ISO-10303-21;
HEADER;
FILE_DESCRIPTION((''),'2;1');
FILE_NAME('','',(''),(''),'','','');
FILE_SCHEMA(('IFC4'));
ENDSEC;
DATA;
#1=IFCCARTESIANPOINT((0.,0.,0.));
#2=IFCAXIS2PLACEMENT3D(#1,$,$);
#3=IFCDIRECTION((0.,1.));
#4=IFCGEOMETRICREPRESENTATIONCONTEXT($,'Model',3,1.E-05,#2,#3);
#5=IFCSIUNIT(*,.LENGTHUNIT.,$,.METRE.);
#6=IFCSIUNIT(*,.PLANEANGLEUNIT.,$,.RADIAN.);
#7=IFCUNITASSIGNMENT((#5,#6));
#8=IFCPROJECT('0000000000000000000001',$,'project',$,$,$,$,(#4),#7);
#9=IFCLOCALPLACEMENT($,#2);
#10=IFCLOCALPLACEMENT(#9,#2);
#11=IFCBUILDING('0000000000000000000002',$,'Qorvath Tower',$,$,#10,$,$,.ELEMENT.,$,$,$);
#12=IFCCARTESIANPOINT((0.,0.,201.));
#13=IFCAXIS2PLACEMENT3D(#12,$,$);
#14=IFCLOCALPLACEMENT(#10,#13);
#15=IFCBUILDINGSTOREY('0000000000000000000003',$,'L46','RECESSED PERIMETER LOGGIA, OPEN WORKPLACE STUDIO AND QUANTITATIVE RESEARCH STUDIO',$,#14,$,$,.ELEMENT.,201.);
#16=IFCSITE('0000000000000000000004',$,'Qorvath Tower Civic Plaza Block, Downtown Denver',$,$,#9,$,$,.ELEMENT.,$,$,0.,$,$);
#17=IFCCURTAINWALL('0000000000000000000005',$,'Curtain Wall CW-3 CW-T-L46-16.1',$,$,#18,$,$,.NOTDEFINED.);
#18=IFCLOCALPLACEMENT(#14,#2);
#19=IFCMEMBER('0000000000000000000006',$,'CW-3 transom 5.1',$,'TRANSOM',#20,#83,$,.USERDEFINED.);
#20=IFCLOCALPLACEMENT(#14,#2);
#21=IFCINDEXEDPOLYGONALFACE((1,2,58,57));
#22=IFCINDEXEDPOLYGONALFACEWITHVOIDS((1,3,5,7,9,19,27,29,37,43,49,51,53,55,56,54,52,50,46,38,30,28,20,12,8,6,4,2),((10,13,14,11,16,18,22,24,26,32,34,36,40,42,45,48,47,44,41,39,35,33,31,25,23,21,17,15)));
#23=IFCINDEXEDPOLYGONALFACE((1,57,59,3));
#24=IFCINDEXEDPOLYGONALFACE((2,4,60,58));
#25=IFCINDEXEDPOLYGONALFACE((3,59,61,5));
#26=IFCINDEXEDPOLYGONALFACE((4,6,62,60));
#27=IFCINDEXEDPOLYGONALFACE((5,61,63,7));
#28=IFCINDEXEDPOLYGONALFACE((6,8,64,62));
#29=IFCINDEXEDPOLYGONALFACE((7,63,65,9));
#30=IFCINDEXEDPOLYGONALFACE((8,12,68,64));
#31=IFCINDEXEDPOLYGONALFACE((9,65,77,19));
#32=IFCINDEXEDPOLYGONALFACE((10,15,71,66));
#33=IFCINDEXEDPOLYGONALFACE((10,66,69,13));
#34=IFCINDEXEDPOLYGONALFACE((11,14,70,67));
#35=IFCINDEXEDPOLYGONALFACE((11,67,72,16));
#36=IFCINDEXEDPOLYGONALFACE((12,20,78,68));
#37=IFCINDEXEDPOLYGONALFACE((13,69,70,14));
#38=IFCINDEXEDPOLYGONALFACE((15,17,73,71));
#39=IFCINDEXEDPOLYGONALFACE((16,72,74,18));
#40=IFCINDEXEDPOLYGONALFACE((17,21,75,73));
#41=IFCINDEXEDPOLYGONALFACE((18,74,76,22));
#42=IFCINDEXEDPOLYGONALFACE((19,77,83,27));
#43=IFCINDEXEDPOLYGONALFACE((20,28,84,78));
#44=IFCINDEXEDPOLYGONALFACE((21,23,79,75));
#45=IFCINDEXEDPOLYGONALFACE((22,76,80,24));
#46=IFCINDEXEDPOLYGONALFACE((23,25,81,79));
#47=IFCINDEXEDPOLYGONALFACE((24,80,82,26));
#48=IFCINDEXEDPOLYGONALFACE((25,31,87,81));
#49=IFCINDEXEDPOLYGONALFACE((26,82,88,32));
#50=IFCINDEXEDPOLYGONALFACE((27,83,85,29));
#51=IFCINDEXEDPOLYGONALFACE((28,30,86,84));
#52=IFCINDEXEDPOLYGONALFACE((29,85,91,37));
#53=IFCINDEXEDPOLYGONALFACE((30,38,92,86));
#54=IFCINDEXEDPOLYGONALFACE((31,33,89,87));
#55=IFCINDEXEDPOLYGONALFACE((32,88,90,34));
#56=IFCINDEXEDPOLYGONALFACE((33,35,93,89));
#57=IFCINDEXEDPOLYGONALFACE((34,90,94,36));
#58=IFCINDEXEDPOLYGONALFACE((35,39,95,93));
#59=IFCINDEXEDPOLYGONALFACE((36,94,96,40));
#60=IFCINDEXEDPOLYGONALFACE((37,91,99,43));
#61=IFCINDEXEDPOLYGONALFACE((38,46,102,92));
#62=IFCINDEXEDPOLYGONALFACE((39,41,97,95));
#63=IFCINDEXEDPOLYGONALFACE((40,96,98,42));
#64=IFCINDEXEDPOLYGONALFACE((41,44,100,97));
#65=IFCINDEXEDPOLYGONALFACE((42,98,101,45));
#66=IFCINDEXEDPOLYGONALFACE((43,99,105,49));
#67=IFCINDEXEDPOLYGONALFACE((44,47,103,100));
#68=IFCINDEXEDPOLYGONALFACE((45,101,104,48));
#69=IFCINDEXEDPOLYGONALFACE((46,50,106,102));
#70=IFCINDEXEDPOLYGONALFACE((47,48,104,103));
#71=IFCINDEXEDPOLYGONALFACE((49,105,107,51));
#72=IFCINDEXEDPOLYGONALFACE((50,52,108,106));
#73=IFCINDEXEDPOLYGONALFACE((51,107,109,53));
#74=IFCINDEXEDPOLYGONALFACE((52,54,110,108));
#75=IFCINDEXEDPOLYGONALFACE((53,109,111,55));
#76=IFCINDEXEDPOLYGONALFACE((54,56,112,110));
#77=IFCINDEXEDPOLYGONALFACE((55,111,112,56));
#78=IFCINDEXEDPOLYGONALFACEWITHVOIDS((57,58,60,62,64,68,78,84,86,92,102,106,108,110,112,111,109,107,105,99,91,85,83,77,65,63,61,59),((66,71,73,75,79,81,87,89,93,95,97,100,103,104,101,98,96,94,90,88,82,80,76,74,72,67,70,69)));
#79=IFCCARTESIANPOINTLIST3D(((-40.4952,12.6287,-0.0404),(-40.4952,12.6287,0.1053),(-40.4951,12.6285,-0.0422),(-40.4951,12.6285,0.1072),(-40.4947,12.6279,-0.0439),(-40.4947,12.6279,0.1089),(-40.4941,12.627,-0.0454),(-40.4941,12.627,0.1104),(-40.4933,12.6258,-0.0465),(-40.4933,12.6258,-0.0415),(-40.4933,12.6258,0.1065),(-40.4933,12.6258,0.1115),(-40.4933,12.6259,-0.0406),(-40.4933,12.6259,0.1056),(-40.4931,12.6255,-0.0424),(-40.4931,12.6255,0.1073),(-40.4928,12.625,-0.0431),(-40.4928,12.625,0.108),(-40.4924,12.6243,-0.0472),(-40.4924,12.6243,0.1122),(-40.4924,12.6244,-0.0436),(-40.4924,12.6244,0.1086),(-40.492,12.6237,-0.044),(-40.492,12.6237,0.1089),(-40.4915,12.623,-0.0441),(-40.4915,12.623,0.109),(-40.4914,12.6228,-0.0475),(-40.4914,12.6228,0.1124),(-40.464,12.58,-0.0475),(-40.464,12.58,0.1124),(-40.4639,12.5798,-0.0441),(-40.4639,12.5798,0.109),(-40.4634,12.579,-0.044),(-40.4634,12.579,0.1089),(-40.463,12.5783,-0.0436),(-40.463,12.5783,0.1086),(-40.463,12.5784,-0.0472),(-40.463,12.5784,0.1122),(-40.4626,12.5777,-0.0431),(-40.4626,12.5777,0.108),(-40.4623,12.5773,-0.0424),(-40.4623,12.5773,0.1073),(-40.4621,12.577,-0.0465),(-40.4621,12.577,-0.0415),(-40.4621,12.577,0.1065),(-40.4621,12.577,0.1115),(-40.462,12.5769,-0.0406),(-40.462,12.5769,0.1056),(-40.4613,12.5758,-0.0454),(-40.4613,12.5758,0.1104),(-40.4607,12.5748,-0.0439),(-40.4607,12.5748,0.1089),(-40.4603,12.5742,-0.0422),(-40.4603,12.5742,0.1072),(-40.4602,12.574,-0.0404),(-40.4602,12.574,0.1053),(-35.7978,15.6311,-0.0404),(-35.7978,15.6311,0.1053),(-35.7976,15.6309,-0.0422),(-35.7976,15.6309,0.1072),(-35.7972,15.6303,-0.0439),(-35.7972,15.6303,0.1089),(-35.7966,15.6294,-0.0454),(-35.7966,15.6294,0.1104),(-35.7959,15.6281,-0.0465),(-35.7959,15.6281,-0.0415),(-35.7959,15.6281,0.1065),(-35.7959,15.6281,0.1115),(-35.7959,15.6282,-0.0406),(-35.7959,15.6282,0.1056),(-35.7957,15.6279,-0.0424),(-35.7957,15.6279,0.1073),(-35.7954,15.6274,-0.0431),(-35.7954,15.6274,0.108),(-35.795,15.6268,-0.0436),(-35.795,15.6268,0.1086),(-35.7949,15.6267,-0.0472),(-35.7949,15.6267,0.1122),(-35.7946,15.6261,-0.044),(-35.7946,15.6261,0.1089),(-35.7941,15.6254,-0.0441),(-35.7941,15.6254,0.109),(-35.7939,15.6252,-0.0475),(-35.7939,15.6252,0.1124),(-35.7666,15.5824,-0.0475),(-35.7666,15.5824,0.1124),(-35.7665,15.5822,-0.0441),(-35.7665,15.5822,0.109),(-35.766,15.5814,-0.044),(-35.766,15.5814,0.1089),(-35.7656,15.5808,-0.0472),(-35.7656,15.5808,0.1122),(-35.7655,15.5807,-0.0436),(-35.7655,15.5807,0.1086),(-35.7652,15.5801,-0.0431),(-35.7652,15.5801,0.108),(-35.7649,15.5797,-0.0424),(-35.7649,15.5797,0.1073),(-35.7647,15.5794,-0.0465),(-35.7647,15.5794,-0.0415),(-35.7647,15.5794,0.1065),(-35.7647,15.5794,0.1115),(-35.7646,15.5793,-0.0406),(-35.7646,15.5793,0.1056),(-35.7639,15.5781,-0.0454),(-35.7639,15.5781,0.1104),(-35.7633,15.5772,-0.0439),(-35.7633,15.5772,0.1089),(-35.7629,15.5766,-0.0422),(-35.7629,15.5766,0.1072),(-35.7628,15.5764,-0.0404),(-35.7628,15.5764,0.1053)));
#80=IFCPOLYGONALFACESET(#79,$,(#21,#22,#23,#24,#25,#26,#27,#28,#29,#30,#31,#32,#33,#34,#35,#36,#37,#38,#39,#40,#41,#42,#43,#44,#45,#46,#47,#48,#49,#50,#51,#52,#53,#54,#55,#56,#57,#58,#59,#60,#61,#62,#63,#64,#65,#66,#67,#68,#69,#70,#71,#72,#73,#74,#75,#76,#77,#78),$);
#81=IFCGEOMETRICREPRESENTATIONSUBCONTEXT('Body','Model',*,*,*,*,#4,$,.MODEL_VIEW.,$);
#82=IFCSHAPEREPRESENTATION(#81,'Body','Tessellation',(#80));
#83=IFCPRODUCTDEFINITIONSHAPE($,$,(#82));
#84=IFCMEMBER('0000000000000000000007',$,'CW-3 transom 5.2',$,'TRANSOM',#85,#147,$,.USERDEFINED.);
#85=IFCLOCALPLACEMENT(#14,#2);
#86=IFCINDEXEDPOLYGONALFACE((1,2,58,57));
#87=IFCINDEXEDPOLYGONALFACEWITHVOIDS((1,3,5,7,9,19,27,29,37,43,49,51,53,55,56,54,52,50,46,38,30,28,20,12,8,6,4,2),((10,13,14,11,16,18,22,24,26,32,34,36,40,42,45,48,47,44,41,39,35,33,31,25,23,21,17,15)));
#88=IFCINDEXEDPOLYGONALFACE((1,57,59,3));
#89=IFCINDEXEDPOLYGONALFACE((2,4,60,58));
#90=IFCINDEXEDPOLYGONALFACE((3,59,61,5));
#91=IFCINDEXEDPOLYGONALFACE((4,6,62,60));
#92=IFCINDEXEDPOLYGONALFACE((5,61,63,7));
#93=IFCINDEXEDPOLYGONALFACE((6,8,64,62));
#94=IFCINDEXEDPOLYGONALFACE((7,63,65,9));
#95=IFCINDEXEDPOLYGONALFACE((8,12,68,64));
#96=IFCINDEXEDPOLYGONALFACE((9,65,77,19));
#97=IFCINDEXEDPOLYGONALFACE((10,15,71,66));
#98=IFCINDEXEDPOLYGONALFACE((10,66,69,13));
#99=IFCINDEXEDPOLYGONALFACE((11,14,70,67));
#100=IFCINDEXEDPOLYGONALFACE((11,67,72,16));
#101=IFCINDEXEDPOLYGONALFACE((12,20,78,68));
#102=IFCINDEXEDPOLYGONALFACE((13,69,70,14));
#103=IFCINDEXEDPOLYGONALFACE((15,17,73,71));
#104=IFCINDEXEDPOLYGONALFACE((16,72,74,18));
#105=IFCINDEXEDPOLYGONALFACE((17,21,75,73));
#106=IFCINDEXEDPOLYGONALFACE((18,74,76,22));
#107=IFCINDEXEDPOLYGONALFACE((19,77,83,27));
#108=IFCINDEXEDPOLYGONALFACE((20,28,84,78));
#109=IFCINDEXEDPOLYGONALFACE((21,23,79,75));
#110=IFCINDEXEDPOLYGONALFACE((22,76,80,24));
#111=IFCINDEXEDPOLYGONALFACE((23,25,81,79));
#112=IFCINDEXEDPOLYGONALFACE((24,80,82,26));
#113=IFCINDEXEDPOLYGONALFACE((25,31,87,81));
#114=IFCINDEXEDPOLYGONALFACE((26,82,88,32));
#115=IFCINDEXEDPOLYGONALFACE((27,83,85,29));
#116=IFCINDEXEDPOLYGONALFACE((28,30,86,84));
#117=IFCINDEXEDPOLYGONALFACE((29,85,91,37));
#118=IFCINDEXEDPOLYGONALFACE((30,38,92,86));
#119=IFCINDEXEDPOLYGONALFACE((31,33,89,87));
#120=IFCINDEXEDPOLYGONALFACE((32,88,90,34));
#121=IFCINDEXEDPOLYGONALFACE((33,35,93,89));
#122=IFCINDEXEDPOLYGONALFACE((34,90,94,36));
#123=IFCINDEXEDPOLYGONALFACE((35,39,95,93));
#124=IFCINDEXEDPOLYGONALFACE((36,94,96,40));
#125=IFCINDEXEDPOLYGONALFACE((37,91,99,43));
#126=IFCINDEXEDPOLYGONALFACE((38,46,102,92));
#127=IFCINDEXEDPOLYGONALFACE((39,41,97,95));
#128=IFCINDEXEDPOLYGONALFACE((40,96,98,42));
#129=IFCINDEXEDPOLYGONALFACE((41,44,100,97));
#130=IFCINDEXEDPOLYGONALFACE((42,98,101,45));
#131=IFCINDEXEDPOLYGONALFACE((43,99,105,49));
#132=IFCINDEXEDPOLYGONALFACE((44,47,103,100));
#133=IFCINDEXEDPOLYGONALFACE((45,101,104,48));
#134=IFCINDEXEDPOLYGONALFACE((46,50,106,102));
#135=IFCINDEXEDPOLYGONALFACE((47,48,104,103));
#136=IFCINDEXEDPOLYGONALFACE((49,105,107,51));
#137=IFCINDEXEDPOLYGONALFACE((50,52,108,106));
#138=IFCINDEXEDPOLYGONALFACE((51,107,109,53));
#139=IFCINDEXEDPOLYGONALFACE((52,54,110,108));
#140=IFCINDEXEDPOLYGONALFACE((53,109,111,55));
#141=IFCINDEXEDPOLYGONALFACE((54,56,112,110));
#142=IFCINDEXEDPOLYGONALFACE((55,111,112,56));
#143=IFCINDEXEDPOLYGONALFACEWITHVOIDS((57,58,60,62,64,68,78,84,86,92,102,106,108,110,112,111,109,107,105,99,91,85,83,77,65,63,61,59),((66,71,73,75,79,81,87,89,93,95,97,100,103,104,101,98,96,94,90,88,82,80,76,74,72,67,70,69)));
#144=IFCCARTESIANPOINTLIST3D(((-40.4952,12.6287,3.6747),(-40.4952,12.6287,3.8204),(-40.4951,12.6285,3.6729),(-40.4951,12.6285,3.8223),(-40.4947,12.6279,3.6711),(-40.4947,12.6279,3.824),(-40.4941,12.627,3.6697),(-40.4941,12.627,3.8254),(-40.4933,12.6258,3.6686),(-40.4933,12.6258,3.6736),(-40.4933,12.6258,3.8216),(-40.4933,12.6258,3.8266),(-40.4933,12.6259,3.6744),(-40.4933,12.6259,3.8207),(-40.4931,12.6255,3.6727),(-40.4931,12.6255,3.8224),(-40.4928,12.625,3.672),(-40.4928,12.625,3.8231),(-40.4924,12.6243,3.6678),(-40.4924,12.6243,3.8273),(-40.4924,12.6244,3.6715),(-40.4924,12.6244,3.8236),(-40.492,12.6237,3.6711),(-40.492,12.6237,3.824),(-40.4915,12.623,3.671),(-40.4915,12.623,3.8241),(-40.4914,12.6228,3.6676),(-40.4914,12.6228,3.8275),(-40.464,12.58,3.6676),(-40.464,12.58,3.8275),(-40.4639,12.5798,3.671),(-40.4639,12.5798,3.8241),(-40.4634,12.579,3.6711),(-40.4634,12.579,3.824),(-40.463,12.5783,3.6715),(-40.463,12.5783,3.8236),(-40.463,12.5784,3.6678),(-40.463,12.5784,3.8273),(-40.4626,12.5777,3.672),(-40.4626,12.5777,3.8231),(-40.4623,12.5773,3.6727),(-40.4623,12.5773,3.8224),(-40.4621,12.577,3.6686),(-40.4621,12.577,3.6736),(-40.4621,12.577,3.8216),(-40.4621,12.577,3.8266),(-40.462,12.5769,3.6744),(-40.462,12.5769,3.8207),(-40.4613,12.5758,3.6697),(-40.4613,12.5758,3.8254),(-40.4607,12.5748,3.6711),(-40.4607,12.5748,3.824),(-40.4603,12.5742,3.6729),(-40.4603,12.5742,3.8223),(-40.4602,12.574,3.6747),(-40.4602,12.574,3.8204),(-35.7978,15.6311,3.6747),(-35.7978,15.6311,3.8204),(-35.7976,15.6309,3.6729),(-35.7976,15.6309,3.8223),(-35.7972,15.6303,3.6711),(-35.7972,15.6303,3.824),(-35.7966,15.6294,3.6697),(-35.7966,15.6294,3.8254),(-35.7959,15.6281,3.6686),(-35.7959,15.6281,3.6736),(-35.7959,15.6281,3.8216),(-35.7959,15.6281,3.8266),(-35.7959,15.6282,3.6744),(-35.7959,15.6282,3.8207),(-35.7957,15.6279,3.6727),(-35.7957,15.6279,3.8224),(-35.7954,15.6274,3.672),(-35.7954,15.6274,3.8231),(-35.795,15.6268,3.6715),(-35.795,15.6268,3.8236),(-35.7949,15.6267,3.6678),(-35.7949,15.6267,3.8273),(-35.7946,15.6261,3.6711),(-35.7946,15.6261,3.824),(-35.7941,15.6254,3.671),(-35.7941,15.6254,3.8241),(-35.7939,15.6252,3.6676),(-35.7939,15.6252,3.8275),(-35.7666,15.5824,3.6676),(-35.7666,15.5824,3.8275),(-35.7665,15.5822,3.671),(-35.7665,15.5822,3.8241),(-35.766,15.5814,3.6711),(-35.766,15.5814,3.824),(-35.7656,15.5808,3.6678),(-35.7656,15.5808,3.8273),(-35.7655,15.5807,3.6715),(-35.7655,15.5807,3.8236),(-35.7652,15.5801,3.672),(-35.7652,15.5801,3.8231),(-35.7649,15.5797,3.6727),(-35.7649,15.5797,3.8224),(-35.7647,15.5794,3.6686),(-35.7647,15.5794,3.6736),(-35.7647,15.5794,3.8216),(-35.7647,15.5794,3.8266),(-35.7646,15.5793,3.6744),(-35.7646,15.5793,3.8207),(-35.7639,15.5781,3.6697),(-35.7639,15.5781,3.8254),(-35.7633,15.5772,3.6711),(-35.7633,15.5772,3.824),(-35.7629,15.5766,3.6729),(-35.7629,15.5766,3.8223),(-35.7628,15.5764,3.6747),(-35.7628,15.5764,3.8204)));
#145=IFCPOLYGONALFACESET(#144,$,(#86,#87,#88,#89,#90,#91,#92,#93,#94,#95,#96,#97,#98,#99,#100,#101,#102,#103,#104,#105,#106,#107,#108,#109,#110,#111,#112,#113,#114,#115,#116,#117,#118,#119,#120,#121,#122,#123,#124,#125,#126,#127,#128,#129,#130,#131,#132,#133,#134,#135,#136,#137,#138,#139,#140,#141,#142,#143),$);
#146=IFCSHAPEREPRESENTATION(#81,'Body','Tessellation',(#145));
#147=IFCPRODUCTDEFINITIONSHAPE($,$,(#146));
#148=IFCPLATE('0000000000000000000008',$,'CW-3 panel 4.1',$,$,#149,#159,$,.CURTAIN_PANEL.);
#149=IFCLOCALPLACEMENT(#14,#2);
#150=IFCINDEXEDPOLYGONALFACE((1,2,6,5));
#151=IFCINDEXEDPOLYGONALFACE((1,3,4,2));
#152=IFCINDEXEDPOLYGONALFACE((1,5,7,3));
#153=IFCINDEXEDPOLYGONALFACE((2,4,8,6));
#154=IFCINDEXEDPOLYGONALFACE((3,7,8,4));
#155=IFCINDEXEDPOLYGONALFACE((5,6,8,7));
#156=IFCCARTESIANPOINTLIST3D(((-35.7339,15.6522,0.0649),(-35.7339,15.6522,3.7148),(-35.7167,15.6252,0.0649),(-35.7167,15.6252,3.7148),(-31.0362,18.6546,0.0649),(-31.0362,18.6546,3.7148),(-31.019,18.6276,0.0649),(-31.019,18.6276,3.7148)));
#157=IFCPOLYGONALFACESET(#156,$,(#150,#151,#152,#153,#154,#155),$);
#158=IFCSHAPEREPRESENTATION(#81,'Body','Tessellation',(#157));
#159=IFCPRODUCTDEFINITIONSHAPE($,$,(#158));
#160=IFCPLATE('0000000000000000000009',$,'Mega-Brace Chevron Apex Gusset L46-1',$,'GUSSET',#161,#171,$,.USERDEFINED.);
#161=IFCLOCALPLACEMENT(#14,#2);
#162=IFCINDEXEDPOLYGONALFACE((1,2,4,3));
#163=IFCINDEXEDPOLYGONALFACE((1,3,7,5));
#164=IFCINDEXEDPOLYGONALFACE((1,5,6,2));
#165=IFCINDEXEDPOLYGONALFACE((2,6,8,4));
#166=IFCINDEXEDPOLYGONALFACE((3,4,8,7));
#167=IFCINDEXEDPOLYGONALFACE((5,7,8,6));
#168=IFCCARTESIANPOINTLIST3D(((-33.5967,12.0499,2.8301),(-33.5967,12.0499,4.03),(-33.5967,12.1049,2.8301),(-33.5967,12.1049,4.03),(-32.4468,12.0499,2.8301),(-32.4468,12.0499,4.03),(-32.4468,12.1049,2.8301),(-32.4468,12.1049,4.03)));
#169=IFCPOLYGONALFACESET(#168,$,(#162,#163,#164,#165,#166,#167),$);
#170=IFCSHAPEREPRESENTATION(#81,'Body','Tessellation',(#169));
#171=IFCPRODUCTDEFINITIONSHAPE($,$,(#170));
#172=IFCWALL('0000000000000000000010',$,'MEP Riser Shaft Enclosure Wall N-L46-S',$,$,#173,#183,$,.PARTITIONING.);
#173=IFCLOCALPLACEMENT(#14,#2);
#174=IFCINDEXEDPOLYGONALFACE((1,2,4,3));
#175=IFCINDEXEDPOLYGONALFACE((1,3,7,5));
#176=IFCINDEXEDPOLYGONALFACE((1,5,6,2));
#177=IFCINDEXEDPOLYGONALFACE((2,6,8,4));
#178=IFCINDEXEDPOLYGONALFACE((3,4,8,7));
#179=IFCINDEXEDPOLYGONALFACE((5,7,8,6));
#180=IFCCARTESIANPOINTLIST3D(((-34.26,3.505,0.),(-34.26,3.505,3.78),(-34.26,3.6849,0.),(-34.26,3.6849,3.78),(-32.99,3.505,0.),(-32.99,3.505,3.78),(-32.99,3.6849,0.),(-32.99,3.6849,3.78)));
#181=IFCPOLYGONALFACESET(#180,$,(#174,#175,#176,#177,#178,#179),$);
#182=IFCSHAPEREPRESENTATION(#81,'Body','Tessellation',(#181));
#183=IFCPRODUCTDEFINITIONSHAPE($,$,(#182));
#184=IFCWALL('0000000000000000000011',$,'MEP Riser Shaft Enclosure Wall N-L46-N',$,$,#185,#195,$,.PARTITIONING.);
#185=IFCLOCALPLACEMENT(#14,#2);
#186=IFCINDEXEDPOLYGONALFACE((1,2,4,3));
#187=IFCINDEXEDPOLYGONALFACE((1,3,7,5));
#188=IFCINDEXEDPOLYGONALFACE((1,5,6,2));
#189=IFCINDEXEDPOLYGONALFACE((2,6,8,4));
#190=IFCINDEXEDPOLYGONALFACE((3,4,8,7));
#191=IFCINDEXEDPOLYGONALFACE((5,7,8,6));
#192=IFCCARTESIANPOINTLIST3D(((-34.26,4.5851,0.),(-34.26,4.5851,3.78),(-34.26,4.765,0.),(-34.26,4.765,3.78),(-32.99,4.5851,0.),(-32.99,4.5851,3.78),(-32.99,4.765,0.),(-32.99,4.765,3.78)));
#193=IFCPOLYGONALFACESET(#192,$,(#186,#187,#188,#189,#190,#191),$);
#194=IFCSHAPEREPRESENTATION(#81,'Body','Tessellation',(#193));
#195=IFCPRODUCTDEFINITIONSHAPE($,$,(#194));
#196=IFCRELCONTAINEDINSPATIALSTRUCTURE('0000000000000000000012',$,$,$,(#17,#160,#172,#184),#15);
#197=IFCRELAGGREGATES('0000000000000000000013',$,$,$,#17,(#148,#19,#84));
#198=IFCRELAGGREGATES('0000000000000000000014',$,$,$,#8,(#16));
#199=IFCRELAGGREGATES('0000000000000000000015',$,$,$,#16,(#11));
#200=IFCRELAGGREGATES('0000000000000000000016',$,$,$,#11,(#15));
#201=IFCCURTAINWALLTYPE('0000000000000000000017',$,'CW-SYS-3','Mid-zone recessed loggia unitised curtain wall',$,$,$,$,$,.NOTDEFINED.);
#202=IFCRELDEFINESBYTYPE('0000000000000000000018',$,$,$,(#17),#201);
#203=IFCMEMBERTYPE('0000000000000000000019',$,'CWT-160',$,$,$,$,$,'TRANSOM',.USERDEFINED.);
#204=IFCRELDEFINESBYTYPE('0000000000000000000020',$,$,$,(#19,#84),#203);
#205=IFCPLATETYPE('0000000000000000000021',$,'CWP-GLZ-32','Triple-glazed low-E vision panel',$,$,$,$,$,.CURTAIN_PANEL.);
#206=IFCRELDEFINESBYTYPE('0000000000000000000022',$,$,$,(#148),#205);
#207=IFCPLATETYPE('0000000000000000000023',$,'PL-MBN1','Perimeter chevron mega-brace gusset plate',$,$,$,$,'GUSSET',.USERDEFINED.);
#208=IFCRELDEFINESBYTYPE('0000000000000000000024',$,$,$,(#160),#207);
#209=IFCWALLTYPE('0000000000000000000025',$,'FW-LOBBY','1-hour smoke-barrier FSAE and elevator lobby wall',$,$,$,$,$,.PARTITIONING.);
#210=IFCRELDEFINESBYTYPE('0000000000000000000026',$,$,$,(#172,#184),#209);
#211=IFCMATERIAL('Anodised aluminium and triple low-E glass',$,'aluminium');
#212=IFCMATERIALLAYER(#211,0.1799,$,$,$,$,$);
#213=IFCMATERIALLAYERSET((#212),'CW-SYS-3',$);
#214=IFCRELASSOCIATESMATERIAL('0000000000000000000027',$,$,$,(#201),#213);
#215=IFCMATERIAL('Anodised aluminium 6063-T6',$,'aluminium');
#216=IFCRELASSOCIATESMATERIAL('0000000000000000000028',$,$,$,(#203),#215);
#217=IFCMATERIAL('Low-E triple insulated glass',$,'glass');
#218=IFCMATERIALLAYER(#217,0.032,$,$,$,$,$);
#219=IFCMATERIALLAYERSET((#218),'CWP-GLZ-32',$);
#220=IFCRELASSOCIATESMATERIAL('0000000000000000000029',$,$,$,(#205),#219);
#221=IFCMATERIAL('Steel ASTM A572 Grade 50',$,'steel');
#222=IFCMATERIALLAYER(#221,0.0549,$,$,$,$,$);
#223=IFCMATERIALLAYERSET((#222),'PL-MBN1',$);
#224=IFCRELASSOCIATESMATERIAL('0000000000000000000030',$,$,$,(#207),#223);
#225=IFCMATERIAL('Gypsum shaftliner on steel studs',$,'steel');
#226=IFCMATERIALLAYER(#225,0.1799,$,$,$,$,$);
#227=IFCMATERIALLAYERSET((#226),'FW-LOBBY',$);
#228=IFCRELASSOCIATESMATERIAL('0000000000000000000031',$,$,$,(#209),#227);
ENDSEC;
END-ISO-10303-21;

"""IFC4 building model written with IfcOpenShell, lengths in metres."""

from ifc_helpers import new_model, si_unit, direction, frame, frame_2d, origin, origin_2d, place, context, subcontext, project, spatial, rectangle, hollow_rectangle, extrude, material, layer, layer_set, material_profile, profile_set, type_object, element, aggregate, save


model = new_model("IFC4")

# Units and contexts
model_context = context("Model", 3, precision=1e-05, world=origin(), true_north=direction((0.0, 1.0)))
body_context = subcontext(model_context, "Body", "Model", "MODEL_VIEW")
ifc_project = project(units=[si_unit("LENGTHUNIT", "METRE"), si_unit("PLANEANGLEUNIT", "RADIAN")], contexts=[model_context])

# Site, building, storey
site_placement = place(None, origin())
site = spatial("IfcSite", under=ifc_project, at=site_placement, Name="Qorvath Tower Civic Plaza Block, Downtown Denver", CompositionType="ELEMENT", RefElevation=0.0)
building_placement = place(site_placement, origin())
building = spatial("IfcBuilding", under=site, at=building_placement, Name="Qorvath Tower", CompositionType="ELEMENT")
storey_placement = place(building_placement, frame((0.0, 0.0, 201.0)))
storey = spatial("IfcBuildingStorey", under=building, at=storey_placement, Name="L46", Description="RECESSED PERIMETER LOGGIA, OPEN WORKPLACE STUDIO AND QUANTITATIVE RESEARCH STUDIO", CompositionType="ELEMENT", Elevation=201.0)

# Curtain wall, members, plate
ifc_material_1 = material(Name="Anodised aluminium and triple low-E glass", Category="aluminium")
ifc_layer_1 = layer(ifc_material_1, 0.1799)
ifc_layer_set_1 = layer_set([ifc_layer_1], Name="CW-SYS-3")
curtain_wall_type = type_object("IfcCurtainWallType", Name="CW-SYS-3", Description="Mid-zone recessed loggia unitised curtain wall", PredefinedType="NOTDEFINED", material=ifc_layer_set_1)
curtain_wall_placement = place(storey_placement, origin())
curtain_wall = element("IfcCurtainWall", 1, at=curtain_wall_placement, inside=storey, type_object=curtain_wall_type, Name="Curtain Wall CW-3 CW-T-L46-16.1", PredefinedType="NOTDEFINED")
ifc_material_2 = material(Name="Anodised aluminium 6063-T6", Category="aluminium")
ifc_material_profile_1 = material_profile(ifc_material_2, hollow_rectangle(XDim=0.0649, YDim=0.1599, WallThickness=0.0034, InnerFilletRadius=0.0034, OuterFilletRadius=0.0071, at=origin_2d()), Name="CWT 160x65")
ifc_profile_set_1 = profile_set([ifc_material_profile_1], Name="Anodised aluminium 6063-T6")
member_type_1 = type_object("IfcMemberType", Name="CWT-160", ElementType="TRANSOM", PredefinedType="USERDEFINED", material=ifc_profile_set_1)
member_1_placement = place(storey_placement, frame((-35.7803, 15.6038, 0.0325), z_axis=(-0.842594, -0.538549, 0.0), x_axis=(0.538549, -0.842594, 0.0)))
member_1 = element("IfcMember", 2, at=member_1_placement, type_object=member_type_1, Name="CW-3 transom 5.1", ObjectType="TRANSOM", PredefinedType="USERDEFINED", context=body_context, shape_type="SweptSolid", body=[
    extrude(hollow_rectangle(XDim=0.0649, YDim=0.1599, WallThickness=0.0034, InnerFilletRadius=0.0034, OuterFilletRadius=0.0071, at=origin_2d()), origin(), (0.0, 0.0, 1.0), 5.575),
])
member_2_placement = place(storey_placement, frame((-35.7803, 15.6038, 3.7476), z_axis=(-0.842594, -0.538549, 0.0), x_axis=(0.538549, -0.842594, 0.0)))
member_2 = element("IfcMember", 3, at=member_2_placement, type_object=member_type_1, Name="CW-3 transom 5.2", ObjectType="TRANSOM", PredefinedType="USERDEFINED", context=body_context, shape_type="SweptSolid", body=[
    extrude(hollow_rectangle(XDim=0.0649, YDim=0.1599, WallThickness=0.0034, InnerFilletRadius=0.0034, OuterFilletRadius=0.0071, at=origin_2d()), origin(), (0.0, 0.0, 1.0), 5.575),
])
ifc_material_3 = material(Name="Low-E triple insulated glass", Category="glass")
ifc_layer_2 = layer(ifc_material_3, 0.032)
ifc_layer_set_2 = layer_set([ifc_layer_2], Name="CWP-GLZ-32")
plate_type_1 = type_object("IfcPlateType", Name="CWP-GLZ-32", Description="Triple-glazed low-E vision panel", PredefinedType="CURTAIN_PANEL", material=ifc_layer_set_2)
plate_1_placement = place(storey_placement, frame((-33.3765, 17.1399, 0.0649), z_axis=(0.0, 0.0, 1.0), x_axis=(-0.842604, -0.538534, 0.0)))
plate_1 = element("IfcPlate", 4, at=plate_1_placement, type_object=plate_type_1, Name="CW-3 panel 4.1", PredefinedType="CURTAIN_PANEL", context=body_context, shape_type="SweptSolid", body=[
    extrude(rectangle(XDim=5.5752, YDim=0.032, at=origin_2d()), origin(), (0.0, 0.0, 1.0), 3.6499),
])
aggregate(curtain_wall, [plate_1, member_1, member_2])

# Plate
ifc_material_4 = material(Name="Steel ASTM A572 Grade 50", Category="steel")
ifc_layer_3 = layer(ifc_material_4, 0.0549)
ifc_layer_set_3 = layer_set([ifc_layer_3], Name="PL-MBN1")
plate_type_2 = type_object("IfcPlateType", Name="PL-MBN1", Description="Perimeter chevron mega-brace gusset plate", ElementType="GUSSET", PredefinedType="USERDEFINED", material=ifc_layer_set_3)
plate_2_placement = place(storey_placement, frame((-33.0217, 12.0774, 2.8301), z_axis=(0.0, 0.0, 1.0), x_axis=(1.0, 0.0, 0.0)))
element("IfcPlate", 5, at=plate_2_placement, inside=storey, type_object=plate_type_2, Name="Mega-Brace Chevron Apex Gusset L46-1", ObjectType="GUSSET", PredefinedType="USERDEFINED", context=body_context, shape_type="SweptSolid", body=[
    extrude(rectangle(XDim=1.1499, YDim=0.0549, at=origin_2d()), origin(), (0.0, 0.0, 1.0), 1.2),
])

# Walls
ifc_material_5 = material(Name="Gypsum shaftliner on steel studs", Category="steel")
ifc_layer_4 = layer(ifc_material_5, 0.1799)
ifc_layer_set_4 = layer_set([ifc_layer_4], Name="FW-LOBBY")
wall_type_1 = type_object("IfcWallType", Name="FW-LOBBY", Description="1-hour smoke-barrier FSAE and elevator lobby wall", PredefinedType="PARTITIONING", material=ifc_layer_set_4)
for number, where, z_axis, x_axis, name in (
    (6, (-32.99, 3.595, 0.0), (0.0, 0.0, 1.0), (-1.0, 0.0, 0.0), "MEP Riser Shaft Enclosure Wall N-L46-S"),
    (7, (-34.26, 4.675, 0.0), (0.0, 0.0, 1.0), (1.0, 0.0, 0.0), "MEP Riser Shaft Enclosure Wall N-L46-N"),
):
    element("IfcWall", number, at=place(storey_placement, frame(where, z_axis=z_axis, x_axis=x_axis)), inside=storey, type_object=wall_type_1, Name=name, PredefinedType="PARTITIONING", context=body_context, shape_type="SweptSolid", body=[
        extrude(rectangle(XDim=1.27, YDim=0.1799, at=frame_2d((0.635, 0.0))), origin(), (0.0, 0.0, 1.0), 3.78),
    ])

save(model, "model.ifc")
